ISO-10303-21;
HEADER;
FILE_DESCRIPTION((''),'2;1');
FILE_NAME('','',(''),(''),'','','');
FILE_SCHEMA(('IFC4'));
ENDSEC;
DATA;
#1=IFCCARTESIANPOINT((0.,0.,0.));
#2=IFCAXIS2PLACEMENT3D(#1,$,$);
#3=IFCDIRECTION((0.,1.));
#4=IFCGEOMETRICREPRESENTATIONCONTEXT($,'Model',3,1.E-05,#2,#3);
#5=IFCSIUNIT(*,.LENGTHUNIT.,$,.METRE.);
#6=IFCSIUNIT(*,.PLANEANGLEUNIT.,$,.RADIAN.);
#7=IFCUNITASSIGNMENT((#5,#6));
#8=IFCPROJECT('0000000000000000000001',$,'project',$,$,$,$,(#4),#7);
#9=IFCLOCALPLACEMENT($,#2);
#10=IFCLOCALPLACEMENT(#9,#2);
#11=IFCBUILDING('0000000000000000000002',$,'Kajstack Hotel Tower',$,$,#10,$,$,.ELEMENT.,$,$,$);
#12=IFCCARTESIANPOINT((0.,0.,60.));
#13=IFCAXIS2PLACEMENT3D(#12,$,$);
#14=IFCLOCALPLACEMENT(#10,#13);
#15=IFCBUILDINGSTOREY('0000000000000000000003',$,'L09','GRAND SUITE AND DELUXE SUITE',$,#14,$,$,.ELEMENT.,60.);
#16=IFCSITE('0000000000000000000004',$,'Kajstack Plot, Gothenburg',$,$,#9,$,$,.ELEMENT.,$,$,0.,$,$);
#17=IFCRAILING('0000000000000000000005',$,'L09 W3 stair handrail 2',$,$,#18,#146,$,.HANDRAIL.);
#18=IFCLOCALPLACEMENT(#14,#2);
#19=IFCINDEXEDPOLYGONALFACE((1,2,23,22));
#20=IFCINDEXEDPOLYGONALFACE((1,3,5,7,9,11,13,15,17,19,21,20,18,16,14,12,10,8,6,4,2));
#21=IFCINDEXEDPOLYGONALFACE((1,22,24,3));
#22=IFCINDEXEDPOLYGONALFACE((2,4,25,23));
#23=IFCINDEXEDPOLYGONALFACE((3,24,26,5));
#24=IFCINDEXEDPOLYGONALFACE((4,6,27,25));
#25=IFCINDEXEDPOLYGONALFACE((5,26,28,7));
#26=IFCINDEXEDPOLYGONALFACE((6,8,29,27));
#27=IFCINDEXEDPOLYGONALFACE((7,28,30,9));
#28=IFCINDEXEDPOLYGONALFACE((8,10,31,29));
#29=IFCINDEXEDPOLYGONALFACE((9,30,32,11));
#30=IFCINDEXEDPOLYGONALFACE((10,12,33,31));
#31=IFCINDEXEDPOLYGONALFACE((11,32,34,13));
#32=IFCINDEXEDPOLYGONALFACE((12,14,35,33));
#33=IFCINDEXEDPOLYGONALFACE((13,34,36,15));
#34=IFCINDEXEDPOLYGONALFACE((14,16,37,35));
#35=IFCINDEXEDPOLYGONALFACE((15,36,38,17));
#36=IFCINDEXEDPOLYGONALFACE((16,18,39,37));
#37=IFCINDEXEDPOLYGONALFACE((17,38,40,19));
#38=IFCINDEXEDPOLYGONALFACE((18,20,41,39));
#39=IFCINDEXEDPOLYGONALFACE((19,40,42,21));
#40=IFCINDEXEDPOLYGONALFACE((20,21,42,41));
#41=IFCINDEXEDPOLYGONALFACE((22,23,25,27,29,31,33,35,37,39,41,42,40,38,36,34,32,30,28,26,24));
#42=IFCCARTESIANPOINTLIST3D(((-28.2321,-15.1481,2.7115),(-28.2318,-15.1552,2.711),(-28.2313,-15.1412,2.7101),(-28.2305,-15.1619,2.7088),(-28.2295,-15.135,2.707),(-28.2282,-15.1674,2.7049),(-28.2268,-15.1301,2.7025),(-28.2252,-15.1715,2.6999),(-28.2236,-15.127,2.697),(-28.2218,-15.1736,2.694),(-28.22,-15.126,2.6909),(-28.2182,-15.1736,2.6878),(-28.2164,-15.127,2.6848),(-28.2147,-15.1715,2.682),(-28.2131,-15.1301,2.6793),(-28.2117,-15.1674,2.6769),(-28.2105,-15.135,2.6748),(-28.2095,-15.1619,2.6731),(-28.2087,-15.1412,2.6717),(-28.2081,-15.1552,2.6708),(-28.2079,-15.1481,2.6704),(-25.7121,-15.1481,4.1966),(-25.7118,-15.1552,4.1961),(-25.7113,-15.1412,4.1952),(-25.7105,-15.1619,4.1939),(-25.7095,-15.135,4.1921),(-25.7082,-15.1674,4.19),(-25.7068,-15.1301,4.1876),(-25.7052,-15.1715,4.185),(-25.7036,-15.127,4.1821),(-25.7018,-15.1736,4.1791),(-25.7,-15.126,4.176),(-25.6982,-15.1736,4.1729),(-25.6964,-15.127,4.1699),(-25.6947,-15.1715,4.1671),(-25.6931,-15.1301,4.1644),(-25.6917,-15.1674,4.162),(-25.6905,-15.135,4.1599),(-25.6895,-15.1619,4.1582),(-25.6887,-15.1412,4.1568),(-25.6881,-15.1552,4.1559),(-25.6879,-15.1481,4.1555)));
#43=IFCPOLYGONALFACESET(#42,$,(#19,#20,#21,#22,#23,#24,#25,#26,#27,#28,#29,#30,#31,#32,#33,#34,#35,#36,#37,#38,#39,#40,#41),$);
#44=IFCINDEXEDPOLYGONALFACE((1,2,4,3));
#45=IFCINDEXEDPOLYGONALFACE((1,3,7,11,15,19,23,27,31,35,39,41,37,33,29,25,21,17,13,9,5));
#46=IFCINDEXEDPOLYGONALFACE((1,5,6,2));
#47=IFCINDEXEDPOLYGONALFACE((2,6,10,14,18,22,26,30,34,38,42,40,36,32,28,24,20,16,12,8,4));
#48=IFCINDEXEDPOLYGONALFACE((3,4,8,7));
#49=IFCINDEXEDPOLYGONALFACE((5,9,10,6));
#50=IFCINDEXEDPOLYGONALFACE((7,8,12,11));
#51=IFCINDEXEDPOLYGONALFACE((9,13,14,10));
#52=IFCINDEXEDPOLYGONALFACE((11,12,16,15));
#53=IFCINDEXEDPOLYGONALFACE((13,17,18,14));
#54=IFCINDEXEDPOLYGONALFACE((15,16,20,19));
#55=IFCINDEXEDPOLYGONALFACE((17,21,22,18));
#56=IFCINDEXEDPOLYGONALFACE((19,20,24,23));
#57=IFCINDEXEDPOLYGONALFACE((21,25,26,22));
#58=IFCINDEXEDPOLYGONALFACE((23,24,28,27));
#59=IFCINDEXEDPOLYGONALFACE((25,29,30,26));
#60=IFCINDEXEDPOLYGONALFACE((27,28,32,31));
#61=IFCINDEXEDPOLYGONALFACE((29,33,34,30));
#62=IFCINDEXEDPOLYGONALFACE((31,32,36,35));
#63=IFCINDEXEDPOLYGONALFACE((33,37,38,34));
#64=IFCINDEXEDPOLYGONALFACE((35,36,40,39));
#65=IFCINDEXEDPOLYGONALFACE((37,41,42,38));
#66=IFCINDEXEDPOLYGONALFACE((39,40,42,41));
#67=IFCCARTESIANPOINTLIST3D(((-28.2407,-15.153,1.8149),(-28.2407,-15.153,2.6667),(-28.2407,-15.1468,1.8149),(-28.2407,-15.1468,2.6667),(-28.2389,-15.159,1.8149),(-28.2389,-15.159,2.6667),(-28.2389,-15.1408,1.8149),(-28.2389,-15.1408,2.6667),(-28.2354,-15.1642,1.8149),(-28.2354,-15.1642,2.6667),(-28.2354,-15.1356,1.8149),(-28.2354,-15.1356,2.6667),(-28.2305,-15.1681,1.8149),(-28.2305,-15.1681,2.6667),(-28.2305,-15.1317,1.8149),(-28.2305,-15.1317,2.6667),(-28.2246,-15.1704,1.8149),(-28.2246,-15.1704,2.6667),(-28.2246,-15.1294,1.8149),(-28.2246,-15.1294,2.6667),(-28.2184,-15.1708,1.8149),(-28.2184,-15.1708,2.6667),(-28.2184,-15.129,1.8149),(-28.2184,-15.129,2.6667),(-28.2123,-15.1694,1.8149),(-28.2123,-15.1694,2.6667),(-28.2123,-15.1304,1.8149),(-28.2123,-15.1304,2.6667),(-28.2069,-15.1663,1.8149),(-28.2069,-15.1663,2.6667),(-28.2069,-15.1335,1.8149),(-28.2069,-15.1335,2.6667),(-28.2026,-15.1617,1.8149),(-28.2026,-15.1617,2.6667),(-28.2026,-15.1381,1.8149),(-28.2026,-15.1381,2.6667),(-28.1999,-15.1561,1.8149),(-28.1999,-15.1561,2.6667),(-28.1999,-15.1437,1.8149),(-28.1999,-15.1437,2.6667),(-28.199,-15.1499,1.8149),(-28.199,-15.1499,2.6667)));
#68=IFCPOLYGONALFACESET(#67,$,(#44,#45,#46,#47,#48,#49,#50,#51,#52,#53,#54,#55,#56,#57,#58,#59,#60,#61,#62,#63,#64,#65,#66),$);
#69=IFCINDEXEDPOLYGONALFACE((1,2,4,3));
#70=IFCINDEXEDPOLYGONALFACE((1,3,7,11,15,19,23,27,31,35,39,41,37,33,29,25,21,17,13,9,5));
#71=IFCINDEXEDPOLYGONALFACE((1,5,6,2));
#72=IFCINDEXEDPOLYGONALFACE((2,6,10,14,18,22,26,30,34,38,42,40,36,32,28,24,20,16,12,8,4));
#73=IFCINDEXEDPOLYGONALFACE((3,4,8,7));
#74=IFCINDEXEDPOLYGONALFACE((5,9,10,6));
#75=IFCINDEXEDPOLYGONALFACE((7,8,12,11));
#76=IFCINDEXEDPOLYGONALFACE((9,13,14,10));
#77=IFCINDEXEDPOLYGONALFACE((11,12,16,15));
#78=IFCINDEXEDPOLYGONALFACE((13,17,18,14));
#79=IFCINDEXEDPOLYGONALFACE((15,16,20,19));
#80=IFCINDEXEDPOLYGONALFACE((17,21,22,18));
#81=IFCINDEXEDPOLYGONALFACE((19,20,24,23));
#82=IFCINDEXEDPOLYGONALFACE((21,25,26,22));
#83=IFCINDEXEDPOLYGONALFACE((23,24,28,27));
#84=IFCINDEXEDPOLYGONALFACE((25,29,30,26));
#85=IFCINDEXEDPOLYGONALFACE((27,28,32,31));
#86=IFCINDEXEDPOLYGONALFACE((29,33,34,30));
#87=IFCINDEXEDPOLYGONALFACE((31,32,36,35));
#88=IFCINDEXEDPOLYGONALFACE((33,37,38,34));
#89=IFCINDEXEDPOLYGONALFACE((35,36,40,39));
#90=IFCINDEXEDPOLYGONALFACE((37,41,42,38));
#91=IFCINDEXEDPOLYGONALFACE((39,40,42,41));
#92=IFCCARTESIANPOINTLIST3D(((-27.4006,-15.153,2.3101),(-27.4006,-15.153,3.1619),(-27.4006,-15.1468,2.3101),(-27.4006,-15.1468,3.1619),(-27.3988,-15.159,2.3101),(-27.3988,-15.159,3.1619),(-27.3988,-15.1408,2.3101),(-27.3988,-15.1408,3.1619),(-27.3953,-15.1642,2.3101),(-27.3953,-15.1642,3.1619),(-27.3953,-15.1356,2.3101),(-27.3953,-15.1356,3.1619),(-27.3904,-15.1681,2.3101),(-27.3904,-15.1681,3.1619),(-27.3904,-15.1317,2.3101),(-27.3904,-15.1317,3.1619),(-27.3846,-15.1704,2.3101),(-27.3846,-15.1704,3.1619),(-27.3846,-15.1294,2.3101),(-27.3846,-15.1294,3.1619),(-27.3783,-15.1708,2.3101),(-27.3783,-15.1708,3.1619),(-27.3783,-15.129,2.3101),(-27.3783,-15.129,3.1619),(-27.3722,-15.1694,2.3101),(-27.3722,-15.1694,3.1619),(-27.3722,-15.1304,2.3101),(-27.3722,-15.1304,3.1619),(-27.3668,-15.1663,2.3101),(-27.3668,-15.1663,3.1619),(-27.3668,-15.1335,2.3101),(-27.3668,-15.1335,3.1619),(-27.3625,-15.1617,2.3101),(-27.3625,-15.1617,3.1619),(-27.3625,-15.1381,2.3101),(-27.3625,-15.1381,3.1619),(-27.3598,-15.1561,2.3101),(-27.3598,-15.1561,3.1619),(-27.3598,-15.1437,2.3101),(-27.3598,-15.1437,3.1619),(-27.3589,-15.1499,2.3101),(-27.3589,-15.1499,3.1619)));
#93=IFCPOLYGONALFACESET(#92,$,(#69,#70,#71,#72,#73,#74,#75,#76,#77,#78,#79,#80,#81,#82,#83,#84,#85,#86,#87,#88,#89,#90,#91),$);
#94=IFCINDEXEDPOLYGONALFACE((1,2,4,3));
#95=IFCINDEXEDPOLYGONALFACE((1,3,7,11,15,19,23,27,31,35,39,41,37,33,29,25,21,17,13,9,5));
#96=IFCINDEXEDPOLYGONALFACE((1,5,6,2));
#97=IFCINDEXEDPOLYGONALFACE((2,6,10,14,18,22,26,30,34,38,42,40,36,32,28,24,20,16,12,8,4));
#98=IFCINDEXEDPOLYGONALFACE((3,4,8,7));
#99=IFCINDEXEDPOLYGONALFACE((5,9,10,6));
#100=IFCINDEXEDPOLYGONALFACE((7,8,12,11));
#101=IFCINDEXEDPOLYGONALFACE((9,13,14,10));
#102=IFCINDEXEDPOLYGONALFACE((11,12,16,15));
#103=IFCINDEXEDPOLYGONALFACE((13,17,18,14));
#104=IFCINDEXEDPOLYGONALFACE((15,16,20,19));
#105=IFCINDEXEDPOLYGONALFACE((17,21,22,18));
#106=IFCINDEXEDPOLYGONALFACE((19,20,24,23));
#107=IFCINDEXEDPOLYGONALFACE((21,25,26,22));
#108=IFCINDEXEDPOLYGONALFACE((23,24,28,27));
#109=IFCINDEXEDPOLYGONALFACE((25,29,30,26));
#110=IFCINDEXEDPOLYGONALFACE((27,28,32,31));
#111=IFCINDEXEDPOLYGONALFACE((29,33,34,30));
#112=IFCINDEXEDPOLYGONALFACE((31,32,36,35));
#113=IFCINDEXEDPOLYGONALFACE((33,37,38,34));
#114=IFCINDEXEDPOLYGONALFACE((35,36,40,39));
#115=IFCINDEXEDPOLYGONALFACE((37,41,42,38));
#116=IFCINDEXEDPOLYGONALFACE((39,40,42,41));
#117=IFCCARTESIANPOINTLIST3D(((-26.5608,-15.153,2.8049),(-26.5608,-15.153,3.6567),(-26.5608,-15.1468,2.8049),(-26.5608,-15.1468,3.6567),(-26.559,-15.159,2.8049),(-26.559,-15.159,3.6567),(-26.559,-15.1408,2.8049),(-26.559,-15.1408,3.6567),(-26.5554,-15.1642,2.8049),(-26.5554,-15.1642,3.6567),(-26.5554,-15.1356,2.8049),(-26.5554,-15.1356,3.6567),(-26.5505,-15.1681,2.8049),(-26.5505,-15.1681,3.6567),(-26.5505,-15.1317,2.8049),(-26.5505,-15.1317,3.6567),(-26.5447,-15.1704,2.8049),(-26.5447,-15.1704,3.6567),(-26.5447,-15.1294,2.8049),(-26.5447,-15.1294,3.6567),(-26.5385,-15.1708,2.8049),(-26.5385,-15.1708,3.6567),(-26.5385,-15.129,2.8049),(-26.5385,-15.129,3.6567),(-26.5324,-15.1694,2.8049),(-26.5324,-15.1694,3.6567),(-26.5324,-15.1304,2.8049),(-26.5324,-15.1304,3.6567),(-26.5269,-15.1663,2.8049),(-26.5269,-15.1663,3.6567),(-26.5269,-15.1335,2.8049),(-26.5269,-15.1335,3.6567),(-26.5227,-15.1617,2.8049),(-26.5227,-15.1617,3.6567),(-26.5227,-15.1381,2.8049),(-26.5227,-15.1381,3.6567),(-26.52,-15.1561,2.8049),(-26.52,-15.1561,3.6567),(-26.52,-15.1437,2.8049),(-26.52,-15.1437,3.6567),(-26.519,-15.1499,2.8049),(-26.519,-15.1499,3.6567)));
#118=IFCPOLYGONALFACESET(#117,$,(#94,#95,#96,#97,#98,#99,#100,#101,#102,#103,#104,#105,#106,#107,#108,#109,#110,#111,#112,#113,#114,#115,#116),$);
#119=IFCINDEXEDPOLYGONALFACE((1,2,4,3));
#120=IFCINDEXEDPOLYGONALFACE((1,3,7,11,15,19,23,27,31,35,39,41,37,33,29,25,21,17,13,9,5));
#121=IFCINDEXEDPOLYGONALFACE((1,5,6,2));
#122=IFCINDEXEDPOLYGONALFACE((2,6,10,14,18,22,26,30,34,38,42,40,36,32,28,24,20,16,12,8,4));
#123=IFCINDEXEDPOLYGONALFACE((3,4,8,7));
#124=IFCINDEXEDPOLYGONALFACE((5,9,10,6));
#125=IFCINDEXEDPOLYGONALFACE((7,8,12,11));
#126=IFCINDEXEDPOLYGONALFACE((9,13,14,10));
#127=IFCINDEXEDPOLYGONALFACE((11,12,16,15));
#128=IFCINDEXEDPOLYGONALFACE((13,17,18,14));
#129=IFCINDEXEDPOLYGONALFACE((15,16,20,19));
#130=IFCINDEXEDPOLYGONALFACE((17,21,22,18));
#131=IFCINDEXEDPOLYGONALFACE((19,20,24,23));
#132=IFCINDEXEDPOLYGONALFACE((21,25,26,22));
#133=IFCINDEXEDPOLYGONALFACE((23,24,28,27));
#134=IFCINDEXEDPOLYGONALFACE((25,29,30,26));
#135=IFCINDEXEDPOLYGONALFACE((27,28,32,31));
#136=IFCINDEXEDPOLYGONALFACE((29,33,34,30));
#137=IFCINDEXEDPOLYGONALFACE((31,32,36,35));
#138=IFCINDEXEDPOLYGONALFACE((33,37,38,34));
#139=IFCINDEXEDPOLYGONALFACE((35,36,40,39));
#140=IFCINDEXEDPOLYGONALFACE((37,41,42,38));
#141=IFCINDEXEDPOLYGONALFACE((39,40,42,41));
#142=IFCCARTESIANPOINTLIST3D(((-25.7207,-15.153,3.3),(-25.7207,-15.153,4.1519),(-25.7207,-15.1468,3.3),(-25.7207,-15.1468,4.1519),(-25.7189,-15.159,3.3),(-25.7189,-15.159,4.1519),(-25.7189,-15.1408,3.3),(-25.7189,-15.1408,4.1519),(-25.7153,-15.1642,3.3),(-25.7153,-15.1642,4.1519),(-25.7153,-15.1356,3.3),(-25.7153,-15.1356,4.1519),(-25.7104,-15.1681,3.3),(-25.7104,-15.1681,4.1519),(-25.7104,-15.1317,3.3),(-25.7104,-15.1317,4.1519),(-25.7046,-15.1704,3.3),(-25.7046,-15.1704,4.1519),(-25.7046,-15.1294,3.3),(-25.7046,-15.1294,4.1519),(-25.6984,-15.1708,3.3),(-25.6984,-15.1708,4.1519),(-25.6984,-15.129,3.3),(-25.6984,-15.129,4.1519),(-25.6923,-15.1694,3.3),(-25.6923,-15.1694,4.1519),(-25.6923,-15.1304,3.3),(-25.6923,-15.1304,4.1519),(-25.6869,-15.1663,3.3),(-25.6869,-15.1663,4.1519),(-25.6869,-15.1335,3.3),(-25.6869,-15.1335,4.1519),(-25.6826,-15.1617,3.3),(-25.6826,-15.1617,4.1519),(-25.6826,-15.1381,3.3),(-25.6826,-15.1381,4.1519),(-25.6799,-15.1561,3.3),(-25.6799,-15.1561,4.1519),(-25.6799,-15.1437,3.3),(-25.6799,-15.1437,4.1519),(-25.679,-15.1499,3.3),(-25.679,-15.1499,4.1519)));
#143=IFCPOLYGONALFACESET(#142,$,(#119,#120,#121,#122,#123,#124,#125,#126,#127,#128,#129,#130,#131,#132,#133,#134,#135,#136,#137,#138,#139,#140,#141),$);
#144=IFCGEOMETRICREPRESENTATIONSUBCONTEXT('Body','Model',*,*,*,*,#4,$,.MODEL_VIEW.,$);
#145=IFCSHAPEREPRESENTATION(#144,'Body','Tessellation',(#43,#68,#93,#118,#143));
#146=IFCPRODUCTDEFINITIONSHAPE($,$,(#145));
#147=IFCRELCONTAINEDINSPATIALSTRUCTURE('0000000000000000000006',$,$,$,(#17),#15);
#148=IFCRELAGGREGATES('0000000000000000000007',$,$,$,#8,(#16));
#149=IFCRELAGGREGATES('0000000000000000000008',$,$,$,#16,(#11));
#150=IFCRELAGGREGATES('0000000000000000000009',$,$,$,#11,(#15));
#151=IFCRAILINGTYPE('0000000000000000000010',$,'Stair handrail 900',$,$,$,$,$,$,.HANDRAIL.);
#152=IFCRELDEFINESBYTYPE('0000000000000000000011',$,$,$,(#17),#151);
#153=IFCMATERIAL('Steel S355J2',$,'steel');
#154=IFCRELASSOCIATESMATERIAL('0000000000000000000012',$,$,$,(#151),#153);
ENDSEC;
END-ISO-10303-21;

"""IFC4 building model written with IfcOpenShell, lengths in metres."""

from ifc_helpers import new_model, si_unit, direction, frame, origin, origin_2d, place, context, subcontext, project, spatial, circle, extrude, material, type_object, element, save


model = new_model("IFC4")

# Units and contexts
model_context = context("Model", 3, precision=1e-05, world=origin(), true_north=direction((0.0, 1.0)))
body_context = subcontext(model_context, "Body", "Model", "MODEL_VIEW")
ifc_project = project(units=[si_unit("LENGTHUNIT", "METRE"), si_unit("PLANEANGLEUNIT", "RADIAN")], contexts=[model_context])

# Site, building, storey
site_placement = place(None, origin())
site = spatial("IfcSite", under=ifc_project, at=site_placement, Name="Kajstack Plot, Gothenburg", CompositionType="ELEMENT", RefElevation=0.0)
building_placement = place(site_placement, origin())
building = spatial("IfcBuilding", under=site, at=building_placement, Name="Kajstack Hotel Tower", CompositionType="ELEMENT")
storey_placement = place(building_placement, frame((0.0, 0.0, 60.0)))
storey = spatial("IfcBuildingStorey", under=building, at=storey_placement, Name="L09", Description="GRAND SUITE AND DELUXE SUITE", CompositionType="ELEMENT", Elevation=60.0)

# Railing
ifc_material_1 = material(Name="Steel S355J2", Category="steel")
railing_type = type_object("IfcRailingType", Name="Stair handrail 900", PredefinedType="HANDRAIL", material=ifc_material_1)
railing_1_placement = place(storey_placement, frame((-28.22, -15.1499, 1.8149)))
element("IfcRailing", 1, at=railing_1_placement, inside=storey, type_object=railing_type, Name="L09 W3 stair handrail 2", PredefinedType="HANDRAIL", context=body_context, shape_type="SweptSolid", body=[
    extrude(circle(Radius=0.0239, at=origin_2d()), frame((0.0, 0.0, 0.876), z_axis=(0.861524, 0.0, 0.507717), x_axis=(0.0, 1.0, 0.0)), (0.0, 0.0, 1.0), 2.925),
    extrude(circle(Radius=0.021, at=origin_2d()), origin(), (0.0, 0.0, 1.0), 0.8518),
    extrude(circle(Radius=0.021, at=origin_2d()), frame((0.8401, 0.0, 0.4951)), (0.0, 0.0, 1.0), 0.8518),
    extrude(circle(Radius=0.021, at=origin_2d()), frame((1.6799, 0.0, 0.99)), (0.0, 0.0, 1.0), 0.8518),
    extrude(circle(Radius=0.021, at=origin_2d()), frame((2.52, 0.0, 1.4851)), (0.0, 0.0, 1.0), 0.8518),
])

save(model, "model.ifc")
